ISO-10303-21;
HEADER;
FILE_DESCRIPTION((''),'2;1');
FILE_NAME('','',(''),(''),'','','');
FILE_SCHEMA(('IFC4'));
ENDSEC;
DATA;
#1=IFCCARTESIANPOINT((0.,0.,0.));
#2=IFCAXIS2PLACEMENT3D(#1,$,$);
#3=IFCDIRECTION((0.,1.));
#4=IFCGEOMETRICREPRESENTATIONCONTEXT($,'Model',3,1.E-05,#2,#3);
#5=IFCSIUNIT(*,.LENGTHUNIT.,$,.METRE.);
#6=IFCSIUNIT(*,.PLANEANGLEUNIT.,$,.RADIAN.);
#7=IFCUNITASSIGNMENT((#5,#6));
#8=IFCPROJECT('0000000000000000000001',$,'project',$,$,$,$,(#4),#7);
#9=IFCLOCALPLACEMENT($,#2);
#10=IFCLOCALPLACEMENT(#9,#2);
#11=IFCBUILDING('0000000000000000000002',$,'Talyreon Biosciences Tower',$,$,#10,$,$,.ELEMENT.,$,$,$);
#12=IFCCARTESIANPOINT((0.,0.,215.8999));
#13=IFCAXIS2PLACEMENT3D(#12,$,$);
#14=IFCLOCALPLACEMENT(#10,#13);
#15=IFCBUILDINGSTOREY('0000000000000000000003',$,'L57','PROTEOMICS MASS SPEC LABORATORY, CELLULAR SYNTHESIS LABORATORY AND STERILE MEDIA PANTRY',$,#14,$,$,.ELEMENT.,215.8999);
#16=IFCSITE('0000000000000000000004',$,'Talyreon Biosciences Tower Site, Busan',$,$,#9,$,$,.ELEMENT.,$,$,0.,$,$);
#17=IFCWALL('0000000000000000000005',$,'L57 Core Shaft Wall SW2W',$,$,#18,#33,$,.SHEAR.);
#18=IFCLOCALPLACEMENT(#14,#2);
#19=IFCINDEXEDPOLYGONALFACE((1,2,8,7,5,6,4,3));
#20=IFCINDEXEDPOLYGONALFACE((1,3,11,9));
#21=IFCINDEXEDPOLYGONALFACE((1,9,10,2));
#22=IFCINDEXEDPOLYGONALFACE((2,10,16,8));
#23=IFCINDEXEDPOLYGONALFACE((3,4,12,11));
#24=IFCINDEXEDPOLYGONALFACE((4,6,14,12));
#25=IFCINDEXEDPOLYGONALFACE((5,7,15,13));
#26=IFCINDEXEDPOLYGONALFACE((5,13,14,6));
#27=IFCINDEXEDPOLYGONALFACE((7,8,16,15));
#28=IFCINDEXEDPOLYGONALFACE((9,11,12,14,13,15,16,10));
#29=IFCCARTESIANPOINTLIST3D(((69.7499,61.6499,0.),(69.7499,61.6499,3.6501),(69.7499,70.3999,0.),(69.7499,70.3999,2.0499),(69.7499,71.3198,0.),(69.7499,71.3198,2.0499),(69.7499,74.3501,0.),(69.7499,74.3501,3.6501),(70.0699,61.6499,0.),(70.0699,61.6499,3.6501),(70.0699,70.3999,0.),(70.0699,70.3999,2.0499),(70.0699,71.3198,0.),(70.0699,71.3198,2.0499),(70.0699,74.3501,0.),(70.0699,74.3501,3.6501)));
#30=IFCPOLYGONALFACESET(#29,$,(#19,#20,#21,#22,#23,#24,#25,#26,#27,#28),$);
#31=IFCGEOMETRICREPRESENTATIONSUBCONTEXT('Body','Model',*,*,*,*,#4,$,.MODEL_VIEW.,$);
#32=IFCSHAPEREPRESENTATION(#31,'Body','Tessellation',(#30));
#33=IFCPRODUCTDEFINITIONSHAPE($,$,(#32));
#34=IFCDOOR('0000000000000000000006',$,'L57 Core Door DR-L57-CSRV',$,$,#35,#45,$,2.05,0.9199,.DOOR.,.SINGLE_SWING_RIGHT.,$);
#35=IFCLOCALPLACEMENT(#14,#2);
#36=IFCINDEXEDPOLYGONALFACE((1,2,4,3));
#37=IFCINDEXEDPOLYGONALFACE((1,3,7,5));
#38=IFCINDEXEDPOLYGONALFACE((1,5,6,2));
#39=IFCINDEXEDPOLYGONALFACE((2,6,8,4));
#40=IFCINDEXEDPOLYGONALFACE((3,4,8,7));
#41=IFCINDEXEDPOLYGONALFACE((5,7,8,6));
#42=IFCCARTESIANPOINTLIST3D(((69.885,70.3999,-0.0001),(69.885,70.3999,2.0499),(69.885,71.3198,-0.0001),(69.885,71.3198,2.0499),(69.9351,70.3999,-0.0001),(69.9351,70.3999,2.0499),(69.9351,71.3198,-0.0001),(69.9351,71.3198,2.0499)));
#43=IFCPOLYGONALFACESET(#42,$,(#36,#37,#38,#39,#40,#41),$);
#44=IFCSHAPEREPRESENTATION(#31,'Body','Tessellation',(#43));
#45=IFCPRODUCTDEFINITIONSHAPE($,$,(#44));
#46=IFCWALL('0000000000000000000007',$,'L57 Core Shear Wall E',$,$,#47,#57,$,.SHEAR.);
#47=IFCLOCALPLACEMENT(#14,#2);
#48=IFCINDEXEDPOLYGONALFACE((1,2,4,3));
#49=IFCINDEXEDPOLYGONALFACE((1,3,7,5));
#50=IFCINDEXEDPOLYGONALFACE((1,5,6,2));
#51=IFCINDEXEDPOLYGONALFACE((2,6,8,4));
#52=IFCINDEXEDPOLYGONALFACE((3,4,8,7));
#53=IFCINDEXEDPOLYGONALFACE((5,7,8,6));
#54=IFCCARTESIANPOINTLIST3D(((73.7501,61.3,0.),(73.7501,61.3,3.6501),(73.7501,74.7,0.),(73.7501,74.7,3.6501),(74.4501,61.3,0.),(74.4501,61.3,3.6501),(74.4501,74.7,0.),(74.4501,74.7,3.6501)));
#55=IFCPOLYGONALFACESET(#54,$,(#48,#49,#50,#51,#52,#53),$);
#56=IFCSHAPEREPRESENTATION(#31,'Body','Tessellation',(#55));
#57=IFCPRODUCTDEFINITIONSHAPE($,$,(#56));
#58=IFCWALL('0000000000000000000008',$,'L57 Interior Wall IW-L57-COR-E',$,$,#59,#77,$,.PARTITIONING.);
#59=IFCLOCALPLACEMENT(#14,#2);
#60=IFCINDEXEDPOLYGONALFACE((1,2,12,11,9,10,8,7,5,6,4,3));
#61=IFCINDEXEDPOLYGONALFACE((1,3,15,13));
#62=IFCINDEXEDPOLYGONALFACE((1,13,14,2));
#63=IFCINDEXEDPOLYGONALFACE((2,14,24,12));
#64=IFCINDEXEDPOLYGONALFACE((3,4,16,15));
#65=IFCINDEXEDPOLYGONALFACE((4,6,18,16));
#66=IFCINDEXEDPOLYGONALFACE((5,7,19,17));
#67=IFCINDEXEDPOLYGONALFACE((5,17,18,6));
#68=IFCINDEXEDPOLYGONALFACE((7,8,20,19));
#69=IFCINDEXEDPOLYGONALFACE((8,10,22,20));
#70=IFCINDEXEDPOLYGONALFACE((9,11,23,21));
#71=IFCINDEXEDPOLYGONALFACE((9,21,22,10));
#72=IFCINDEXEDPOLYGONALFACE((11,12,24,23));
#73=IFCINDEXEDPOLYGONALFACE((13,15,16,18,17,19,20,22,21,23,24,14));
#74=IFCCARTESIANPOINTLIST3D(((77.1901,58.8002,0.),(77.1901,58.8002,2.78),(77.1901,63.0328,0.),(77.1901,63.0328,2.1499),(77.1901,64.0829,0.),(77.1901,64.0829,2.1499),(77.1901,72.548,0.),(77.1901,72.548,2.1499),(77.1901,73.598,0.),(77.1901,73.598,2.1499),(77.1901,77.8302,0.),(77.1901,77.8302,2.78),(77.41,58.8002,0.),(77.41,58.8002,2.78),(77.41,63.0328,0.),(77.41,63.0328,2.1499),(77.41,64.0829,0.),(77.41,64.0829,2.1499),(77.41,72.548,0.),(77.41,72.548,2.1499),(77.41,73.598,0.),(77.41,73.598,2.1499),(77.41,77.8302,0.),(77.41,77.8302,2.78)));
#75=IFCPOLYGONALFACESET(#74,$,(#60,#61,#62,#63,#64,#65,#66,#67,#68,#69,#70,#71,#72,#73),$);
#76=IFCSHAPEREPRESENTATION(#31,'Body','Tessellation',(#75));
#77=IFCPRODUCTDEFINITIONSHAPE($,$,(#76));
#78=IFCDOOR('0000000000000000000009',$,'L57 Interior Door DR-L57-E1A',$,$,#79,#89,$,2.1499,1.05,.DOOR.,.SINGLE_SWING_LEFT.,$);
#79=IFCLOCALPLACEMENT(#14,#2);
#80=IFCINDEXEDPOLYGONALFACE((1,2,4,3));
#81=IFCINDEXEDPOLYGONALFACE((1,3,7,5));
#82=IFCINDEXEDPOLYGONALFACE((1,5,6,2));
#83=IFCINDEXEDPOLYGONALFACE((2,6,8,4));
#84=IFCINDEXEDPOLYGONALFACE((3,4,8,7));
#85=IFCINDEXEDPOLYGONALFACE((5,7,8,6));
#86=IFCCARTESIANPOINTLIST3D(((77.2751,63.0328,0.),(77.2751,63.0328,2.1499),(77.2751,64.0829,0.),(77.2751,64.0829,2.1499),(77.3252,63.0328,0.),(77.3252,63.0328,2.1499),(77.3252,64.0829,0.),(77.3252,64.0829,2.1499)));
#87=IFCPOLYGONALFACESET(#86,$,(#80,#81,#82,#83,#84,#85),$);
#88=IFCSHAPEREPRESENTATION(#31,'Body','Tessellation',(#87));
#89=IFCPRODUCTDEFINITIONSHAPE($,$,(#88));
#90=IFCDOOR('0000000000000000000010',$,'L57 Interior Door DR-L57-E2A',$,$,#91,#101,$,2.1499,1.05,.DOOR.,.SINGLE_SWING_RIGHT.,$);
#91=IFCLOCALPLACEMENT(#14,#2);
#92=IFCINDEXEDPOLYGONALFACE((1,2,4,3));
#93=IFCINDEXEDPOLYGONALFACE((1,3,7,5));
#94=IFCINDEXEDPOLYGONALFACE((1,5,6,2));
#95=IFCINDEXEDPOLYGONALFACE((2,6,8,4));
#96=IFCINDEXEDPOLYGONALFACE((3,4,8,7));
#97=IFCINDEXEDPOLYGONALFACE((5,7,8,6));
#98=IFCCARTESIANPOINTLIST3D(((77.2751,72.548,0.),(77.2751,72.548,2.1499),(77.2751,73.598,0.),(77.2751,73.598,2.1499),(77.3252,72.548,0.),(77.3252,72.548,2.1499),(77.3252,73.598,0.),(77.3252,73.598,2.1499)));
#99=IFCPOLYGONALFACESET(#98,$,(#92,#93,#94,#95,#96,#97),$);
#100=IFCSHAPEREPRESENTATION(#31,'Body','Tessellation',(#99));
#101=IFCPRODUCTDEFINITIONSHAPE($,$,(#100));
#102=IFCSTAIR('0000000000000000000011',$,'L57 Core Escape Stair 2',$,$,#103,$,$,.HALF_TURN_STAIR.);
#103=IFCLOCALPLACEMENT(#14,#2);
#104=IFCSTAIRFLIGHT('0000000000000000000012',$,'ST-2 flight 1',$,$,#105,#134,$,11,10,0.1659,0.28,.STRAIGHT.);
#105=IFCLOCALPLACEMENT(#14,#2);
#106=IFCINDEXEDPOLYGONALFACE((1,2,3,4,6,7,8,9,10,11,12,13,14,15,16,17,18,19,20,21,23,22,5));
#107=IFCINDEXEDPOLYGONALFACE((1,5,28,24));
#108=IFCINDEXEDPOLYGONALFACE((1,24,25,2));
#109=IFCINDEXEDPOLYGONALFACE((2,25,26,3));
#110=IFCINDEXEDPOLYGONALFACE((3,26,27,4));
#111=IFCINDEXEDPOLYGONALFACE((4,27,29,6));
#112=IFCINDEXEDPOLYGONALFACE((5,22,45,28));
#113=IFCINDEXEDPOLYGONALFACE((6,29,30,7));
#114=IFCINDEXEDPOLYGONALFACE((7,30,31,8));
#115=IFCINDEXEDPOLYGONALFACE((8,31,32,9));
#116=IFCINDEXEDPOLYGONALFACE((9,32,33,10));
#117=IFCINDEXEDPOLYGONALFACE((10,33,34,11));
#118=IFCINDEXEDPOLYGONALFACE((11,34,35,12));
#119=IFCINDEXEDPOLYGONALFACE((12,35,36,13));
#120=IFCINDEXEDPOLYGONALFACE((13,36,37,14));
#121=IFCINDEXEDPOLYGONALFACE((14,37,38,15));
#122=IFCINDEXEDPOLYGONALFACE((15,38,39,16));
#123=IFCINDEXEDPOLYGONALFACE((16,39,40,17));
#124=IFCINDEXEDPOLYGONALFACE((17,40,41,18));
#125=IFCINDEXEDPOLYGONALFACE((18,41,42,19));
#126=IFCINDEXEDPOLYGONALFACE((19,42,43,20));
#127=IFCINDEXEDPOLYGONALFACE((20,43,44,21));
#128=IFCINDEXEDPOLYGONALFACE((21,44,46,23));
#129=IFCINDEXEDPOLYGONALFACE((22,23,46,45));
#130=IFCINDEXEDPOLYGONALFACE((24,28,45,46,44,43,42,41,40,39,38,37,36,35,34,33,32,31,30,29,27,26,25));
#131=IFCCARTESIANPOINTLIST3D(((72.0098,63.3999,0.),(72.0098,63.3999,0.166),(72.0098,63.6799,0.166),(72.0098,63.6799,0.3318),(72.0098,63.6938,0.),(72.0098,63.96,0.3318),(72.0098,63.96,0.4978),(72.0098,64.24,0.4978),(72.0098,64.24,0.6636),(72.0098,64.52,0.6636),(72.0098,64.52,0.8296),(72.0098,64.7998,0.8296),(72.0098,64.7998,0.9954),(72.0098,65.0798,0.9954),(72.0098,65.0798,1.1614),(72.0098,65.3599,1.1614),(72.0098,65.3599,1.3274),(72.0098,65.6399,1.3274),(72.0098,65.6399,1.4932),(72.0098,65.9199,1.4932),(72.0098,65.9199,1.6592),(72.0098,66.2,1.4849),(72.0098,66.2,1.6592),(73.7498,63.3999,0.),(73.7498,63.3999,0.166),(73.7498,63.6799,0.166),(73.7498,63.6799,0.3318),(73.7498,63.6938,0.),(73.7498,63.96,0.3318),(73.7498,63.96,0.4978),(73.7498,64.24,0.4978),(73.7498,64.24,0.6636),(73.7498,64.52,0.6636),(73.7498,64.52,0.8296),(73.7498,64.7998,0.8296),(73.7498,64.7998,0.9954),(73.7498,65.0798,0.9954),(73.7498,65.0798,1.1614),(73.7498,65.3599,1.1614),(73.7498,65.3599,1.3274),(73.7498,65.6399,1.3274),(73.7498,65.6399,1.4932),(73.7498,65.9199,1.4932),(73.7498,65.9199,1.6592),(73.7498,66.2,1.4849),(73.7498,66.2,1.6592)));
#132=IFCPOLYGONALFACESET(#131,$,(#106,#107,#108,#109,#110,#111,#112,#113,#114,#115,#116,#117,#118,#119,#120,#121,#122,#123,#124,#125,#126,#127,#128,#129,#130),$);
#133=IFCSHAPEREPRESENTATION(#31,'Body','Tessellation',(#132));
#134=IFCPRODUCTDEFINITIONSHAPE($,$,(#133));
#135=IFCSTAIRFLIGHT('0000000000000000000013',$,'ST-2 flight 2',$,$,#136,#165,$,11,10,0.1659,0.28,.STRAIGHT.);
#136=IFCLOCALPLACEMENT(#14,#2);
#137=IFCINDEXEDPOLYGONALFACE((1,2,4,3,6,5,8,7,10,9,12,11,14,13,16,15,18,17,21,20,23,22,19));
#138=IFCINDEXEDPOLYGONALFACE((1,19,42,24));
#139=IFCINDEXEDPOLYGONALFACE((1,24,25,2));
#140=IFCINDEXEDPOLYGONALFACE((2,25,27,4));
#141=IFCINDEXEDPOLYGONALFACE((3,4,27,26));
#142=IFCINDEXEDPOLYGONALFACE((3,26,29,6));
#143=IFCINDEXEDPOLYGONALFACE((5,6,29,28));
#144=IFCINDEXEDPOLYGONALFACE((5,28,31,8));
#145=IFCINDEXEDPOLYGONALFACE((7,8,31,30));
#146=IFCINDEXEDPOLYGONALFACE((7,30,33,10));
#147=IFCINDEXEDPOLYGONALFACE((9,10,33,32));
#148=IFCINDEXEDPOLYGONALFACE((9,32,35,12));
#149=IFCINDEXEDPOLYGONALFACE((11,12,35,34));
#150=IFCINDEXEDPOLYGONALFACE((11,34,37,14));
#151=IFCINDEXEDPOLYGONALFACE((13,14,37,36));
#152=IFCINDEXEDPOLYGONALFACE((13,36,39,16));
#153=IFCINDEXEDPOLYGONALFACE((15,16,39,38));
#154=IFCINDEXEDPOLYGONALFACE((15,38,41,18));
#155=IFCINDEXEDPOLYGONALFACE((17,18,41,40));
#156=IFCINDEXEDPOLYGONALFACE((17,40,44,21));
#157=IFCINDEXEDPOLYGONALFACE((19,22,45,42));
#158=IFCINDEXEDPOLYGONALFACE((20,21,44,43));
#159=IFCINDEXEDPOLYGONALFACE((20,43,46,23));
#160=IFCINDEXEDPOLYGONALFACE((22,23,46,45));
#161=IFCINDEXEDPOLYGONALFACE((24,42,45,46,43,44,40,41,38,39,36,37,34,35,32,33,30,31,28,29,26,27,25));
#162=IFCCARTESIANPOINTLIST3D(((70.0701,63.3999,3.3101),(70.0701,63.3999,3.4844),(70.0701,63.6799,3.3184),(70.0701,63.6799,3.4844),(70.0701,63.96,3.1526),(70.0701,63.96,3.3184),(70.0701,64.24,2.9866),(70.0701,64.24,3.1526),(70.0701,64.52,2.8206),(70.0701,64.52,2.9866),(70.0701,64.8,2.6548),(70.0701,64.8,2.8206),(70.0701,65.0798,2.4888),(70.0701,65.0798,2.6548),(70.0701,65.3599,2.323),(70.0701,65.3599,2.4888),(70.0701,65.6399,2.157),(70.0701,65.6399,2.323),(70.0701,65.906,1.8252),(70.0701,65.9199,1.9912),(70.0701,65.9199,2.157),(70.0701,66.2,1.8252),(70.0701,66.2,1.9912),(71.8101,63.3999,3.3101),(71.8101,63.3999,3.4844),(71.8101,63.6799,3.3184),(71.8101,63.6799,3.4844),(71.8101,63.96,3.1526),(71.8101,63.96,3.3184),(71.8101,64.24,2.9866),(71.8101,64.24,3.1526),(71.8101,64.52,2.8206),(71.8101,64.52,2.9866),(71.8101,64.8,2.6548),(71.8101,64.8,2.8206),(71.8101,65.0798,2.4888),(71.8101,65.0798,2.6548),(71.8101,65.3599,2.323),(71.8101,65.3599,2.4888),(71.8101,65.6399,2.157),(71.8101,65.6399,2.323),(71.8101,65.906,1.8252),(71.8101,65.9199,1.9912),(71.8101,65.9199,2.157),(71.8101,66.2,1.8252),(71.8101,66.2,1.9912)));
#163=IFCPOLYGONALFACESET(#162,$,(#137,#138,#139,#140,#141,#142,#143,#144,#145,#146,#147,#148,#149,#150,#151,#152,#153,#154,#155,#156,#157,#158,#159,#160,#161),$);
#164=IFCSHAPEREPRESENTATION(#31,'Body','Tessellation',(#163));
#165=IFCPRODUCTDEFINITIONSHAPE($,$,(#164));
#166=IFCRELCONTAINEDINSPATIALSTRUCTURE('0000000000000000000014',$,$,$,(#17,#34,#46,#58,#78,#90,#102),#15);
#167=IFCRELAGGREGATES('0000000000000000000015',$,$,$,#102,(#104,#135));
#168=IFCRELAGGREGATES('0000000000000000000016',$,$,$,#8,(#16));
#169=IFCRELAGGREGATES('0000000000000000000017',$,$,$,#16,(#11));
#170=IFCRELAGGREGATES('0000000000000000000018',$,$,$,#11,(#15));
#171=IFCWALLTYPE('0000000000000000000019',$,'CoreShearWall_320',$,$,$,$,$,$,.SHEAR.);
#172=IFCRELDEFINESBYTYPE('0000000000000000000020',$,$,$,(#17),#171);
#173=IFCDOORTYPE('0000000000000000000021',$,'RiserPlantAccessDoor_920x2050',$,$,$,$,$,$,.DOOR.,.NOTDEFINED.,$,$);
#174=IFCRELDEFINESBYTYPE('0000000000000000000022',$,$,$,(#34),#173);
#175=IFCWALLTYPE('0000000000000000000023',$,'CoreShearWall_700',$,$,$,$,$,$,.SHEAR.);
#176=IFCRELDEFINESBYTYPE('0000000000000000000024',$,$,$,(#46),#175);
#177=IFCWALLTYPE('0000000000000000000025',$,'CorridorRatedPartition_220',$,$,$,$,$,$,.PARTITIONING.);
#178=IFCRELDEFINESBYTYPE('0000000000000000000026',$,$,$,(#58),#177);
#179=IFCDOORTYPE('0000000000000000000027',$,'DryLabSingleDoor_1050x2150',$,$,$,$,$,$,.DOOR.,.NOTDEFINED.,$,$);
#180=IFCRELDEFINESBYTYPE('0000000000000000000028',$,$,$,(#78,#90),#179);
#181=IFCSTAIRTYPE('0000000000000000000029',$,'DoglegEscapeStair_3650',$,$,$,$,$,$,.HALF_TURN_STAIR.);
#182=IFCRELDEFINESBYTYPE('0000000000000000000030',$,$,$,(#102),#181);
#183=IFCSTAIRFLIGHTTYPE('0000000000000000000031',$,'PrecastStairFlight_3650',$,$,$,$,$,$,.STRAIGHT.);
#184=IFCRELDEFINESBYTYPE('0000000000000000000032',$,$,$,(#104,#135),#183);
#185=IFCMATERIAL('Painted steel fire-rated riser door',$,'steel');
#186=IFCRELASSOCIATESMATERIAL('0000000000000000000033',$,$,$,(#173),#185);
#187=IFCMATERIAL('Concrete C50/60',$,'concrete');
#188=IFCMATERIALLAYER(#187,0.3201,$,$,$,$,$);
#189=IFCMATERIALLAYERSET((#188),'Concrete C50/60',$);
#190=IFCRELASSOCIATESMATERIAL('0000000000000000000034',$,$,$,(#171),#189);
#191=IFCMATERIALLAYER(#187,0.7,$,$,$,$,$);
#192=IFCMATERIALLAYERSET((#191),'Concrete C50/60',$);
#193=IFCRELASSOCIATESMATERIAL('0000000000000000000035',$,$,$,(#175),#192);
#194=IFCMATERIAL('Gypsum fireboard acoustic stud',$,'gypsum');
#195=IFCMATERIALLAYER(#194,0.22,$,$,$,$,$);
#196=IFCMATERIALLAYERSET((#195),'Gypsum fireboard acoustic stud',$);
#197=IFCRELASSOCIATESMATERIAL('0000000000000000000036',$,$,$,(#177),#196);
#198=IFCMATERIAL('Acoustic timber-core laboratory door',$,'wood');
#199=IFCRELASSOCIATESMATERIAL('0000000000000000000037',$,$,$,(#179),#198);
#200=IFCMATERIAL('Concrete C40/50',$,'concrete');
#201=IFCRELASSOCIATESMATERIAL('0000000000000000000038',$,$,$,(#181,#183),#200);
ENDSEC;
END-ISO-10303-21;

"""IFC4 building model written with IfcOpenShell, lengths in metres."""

from ifc_helpers import new_model, si_unit, direction, frame, frame_2d, origin, place, context, subcontext, project, spatial, polyline, rectangle, outline, extrude, material, layer, layer_set, type_object, element, fill, aggregate, save


model = new_model("IFC4")

# Units and contexts
model_context = context("Model", 3, precision=1e-05, world=origin(), true_north=direction((0.0, 1.0)))
body_context = subcontext(model_context, "Body", "Model", "MODEL_VIEW")
ifc_project = project(units=[si_unit("LENGTHUNIT", "METRE"), si_unit("PLANEANGLEUNIT", "RADIAN")], contexts=[model_context])

# Site, building, storey
site_placement = place(None, origin())
site = spatial("IfcSite", under=ifc_project, at=site_placement, Name="Talyreon Biosciences Tower Site, Busan", CompositionType="ELEMENT", RefElevation=0.0)
building_placement = place(site_placement, origin())
building = spatial("IfcBuilding", under=site, at=building_placement, Name="Talyreon Biosciences Tower", CompositionType="ELEMENT")
storey_placement = place(building_placement, frame((0.0, 0.0, 215.8999)))
storey = spatial("IfcBuildingStorey", under=building, at=storey_placement, Name="L57", Description="PROTEOMICS MASS SPEC LABORATORY, CELLULAR SYNTHESIS LABORATORY AND STERILE MEDIA PANTRY", CompositionType="ELEMENT", Elevation=215.8999)

# Shared definitions
ifc_material_1 = material(Name="Concrete C50/60", Category="concrete")

# Wall, opening, door
ifc_material_2 = material(Name="Painted steel fire-rated riser door", Category="steel")
door_type_1 = type_object("IfcDoorType", Name="RiserPlantAccessDoor_920x2050", OperationType="NOTDEFINED", PredefinedType="DOOR", material=ifc_material_2)
ifc_layer_1 = layer(ifc_material_1, 0.3201)
ifc_layer_set_1 = layer_set([ifc_layer_1], Name="Concrete C50/60")
wall_type_1 = type_object("IfcWallType", Name="CoreShearWall_320", PredefinedType="SHEAR", material=ifc_layer_set_1)
wall_1_placement = place(storey_placement, frame((69.9099, 61.6499, 0.0), z_axis=(0.0, 0.0, 1.0), x_axis=(0.0, 1.0, 0.0)))
wall_1 = element("IfcWall", 1, at=wall_1_placement, inside=storey, type_object=wall_type_1, Name="L57 Core Shaft Wall SW2W", PredefinedType="SHEAR", context=body_context, shape_type="SweptSolid", body=[
    extrude(rectangle(XDim=12.7002, YDim=0.3201, at=frame_2d((6.3501, 0.0))), origin(), (0.0, 0.0, 1.0), 3.6501),
])
opening_1_placement = place(wall_1_placement, frame((8.75, 0.0, 0.0)))
opening_1 = element("IfcOpeningElement", 2, at=opening_1_placement, cuts=wall_1, PredefinedType="OPENING", context=body_context, shape_type="SweptSolid", body=[
    extrude(rectangle(XDim=0.9199, YDim=2.05, at=frame_2d((0.46, 1.0249))), frame((0.0, 0.1699, 0.0), z_axis=(0.0, -1.0, 0.0), x_axis=(1.0, 0.0, 0.0)), (0.0, 0.0, 1.0), 0.3401),
])
door_1_placement = place(opening_1_placement, origin())
door_1 = element("IfcDoor", 3, at=door_1_placement, inside=storey, type_object=door_type_1, Name="L57 Core Door DR-L57-CSRV", OperationType="SINGLE_SWING_RIGHT", OverallHeight=2.05, OverallWidth=0.9199, PredefinedType="DOOR", context=body_context, shape_type="SweptSolid", body=[
    extrude(rectangle(XDim=0.9199, YDim=2.05, at=frame_2d((0.46, 1.0249))), frame((0.0, 0.0249, 0.0), z_axis=(0.0, -1.0, 0.0), x_axis=(1.0, 0.0, 0.0)), (0.0, 0.0, 1.0), 0.05),
])
fill(opening_1, door_1)

# Wall
ifc_layer_2 = layer(ifc_material_1, 0.7)
ifc_layer_set_2 = layer_set([ifc_layer_2], Name="Concrete C50/60")
wall_type_2 = type_object("IfcWallType", Name="CoreShearWall_700", PredefinedType="SHEAR", material=ifc_layer_set_2)
wall_2_placement = place(storey_placement, frame((74.1001, 61.3, 0.0), z_axis=(0.0, 0.0, 1.0), x_axis=(0.0, 1.0, 0.0)))
element("IfcWall", 4, at=wall_2_placement, inside=storey, type_object=wall_type_2, Name="L57 Core Shear Wall E", PredefinedType="SHEAR", context=body_context, shape_type="SweptSolid", body=[
    extrude(rectangle(XDim=13.3999, YDim=0.7, at=frame_2d((6.7, 0.0))), origin(), (0.0, 0.0, 1.0), 3.6501),
])

# Wall, openings, doors
ifc_material_3 = material(Name="Gypsum fireboard acoustic stud", Category="gypsum")
ifc_layer_3 = layer(ifc_material_3, 0.22)
ifc_layer_set_3 = layer_set([ifc_layer_3], Name="Gypsum fireboard acoustic stud")
wall_type_3 = type_object("IfcWallType", Name="CorridorRatedPartition_220", PredefinedType="PARTITIONING", material=ifc_layer_set_3)
wall_3_placement = place(storey_placement, frame((77.3, 58.8, 0.0), z_axis=(0.0, 0.0, 1.0), x_axis=(0.0, 1.0, 0.0)))
wall_3 = element("IfcWall", 5, at=wall_3_placement, inside=storey, type_object=wall_type_3, Name="L57 Interior Wall IW-L57-COR-E", PredefinedType="PARTITIONING", context=body_context, shape_type="SweptSolid", body=[
    extrude(rectangle(XDim=19.03, YDim=0.22, at=frame_2d((9.5151, 0.0))), origin(), (0.0, 0.0, 1.0), 2.78),
])
opening_2_placement = place(wall_3_placement, frame((4.2329, 0.0, 0.0)))
opening_2 = element("IfcOpeningElement", 6, at=opening_2_placement, cuts=wall_3, PredefinedType="OPENING", context=body_context, shape_type="SweptSolid", body=[
    extrude(rectangle(XDim=1.05, YDim=2.1499, at=frame_2d((0.5249, 1.075))), frame((0.0, 0.1199, 0.0), z_axis=(0.0, -1.0, 0.0), x_axis=(1.0, 0.0, 0.0)), (0.0, 0.0, 1.0), 0.24),
])
opening_3_placement = place(wall_3_placement, frame((13.748, 0.0, 0.0)))
opening_3 = element("IfcOpeningElement", 7, at=opening_3_placement, cuts=wall_3, PredefinedType="OPENING", context=body_context, shape_type="SweptSolid", body=[
    extrude(rectangle(XDim=1.05, YDim=2.1499, at=frame_2d((0.5249, 1.075))), frame((0.0, 0.1199, 0.0), z_axis=(0.0, -1.0, 0.0), x_axis=(1.0, 0.0, 0.0)), (0.0, 0.0, 1.0), 0.24),
])
ifc_material_4 = material(Name="Acoustic timber-core laboratory door", Category="wood")
door_type_2 = type_object("IfcDoorType", Name="DryLabSingleDoor_1050x2150", OperationType="NOTDEFINED", PredefinedType="DOOR", material=ifc_material_4)
door_2_placement = place(opening_2_placement, origin())
door_2 = element("IfcDoor", 8, at=door_2_placement, inside=storey, type_object=door_type_2, Name="L57 Interior Door DR-L57-E1A", OperationType="SINGLE_SWING_LEFT", OverallHeight=2.1499, OverallWidth=1.05, PredefinedType="DOOR", context=body_context, shape_type="SweptSolid", body=[
    extrude(rectangle(XDim=1.05, YDim=2.1499, at=frame_2d((0.5249, 1.075))), frame((0.0, 0.0249, 0.0), z_axis=(0.0, -1.0, 0.0), x_axis=(1.0, 0.0, 0.0)), (0.0, 0.0, 1.0), 0.05),
])
fill(opening_2, door_2)
door_3_placement = place(opening_3_placement, origin())
door_3 = element("IfcDoor", 9, at=door_3_placement, inside=storey, type_object=door_type_2, Name="L57 Interior Door DR-L57-E2A", OperationType="SINGLE_SWING_RIGHT", OverallHeight=2.1499, OverallWidth=1.05, PredefinedType="DOOR", context=body_context, shape_type="SweptSolid", body=[
    extrude(rectangle(XDim=1.05, YDim=2.1499, at=frame_2d((0.5249, 1.075))), frame((0.0, 0.0249, 0.0), z_axis=(0.0, -1.0, 0.0), x_axis=(1.0, 0.0, 0.0)), (0.0, 0.0, 1.0), 0.05),
])
fill(opening_3, door_3)

# Stair, stair flights
ifc_material_5 = material(Name="Concrete C40/50", Category="concrete")
stair_type = type_object("IfcStairType", Name="DoglegEscapeStair_3650", PredefinedType="HALF_TURN_STAIR", material=ifc_material_5)
stair_placement = place(storey_placement, origin())
stair = element("IfcStair", 10, at=stair_placement, inside=storey, type_object=stair_type, Name="L57 Core Escape Stair 2", PredefinedType="HALF_TURN_STAIR")
stair_flight_type = type_object("IfcStairFlightType", Name="PrecastStairFlight_3650", PredefinedType="STRAIGHT", material=ifc_material_5)
stair_flight_1_placement = place(storey_placement, frame((72.8799, 63.3999, 0.0), z_axis=(0.0, 0.0, 1.0), x_axis=(0.0, 1.0, 0.0)))
stair_flight_1 = element("IfcStairFlight", 11, at=stair_flight_1_placement, type_object=stair_flight_type, Name="ST-2 flight 1", NumberOfRisers=11, NumberOfTreads=10, PredefinedType="STRAIGHT", RiserHeight=0.1659, TreadLength=0.28, context=body_context, shape_type="SweptSolid", body=[
    extrude(outline(polyline([(0.0, 0.0), (0.0, 0.166), (0.28, 0.166), (0.28, 0.3318), (0.5601, 0.3318), (0.5601, 0.4978), (0.8401, 0.4978), (0.8401, 0.6636), (1.1201, 0.6636), (1.1201, 0.8296), (1.3999, 0.8296), (1.3999, 0.9954), (1.6799, 0.9954), (1.6799, 1.1614), (1.96, 1.1614), (1.96, 1.3274), (2.24, 1.3274), (2.24, 1.4932), (2.52, 1.4932), (2.52, 1.6592), (2.8, 1.6592), (2.8, 1.825), (2.8, 1.4849), (0.2939, 0.0), (0.0, 0.0)])), frame((0.0, 0.8701, 0.0), z_axis=(0.0, -1.0, 0.0), x_axis=(1.0, 0.0, 0.0)), (0.0, 0.0, 1.0), 1.74),
])
stair_flight_2_placement = place(storey_placement, frame((70.9399, 66.2, 1.8252), z_axis=(0.0, 0.0, 1.0), x_axis=(0.0, -1.0, 0.0)))
stair_flight_2 = element("IfcStairFlight", 12, at=stair_flight_2_placement, type_object=stair_flight_type, Name="ST-2 flight 2", NumberOfRisers=11, NumberOfTreads=10, PredefinedType="STRAIGHT", RiserHeight=0.1659, TreadLength=0.28, context=body_context, shape_type="SweptSolid", body=[
    extrude(outline(polyline([(0.0, 0.0), (0.0, 0.166), (0.28, 0.166), (0.28, 0.3318), (0.5601, 0.3318), (0.5601, 0.4978), (0.8401, 0.4978), (0.8401, 0.6636), (1.1201, 0.6636), (1.1201, 0.8296), (1.3999, 0.8296), (1.3999, 0.9954), (1.6799, 0.9954), (1.6799, 1.1614), (1.96, 1.1614), (1.96, 1.3274), (2.24, 1.3274), (2.24, 1.4932), (2.52, 1.4932), (2.52, 1.6592), (2.8, 1.6592), (2.8, 1.825), (2.8, 1.4849), (0.2939, 0.0), (0.0, 0.0)])), frame((0.0, 0.8701, 0.0), z_axis=(0.0, -1.0, 0.0), x_axis=(1.0, 0.0, 0.0)), (0.0, 0.0, 1.0), 1.74),
])
aggregate(stair, [stair_flight_1, stair_flight_2])

save(model, "model.ifc")
